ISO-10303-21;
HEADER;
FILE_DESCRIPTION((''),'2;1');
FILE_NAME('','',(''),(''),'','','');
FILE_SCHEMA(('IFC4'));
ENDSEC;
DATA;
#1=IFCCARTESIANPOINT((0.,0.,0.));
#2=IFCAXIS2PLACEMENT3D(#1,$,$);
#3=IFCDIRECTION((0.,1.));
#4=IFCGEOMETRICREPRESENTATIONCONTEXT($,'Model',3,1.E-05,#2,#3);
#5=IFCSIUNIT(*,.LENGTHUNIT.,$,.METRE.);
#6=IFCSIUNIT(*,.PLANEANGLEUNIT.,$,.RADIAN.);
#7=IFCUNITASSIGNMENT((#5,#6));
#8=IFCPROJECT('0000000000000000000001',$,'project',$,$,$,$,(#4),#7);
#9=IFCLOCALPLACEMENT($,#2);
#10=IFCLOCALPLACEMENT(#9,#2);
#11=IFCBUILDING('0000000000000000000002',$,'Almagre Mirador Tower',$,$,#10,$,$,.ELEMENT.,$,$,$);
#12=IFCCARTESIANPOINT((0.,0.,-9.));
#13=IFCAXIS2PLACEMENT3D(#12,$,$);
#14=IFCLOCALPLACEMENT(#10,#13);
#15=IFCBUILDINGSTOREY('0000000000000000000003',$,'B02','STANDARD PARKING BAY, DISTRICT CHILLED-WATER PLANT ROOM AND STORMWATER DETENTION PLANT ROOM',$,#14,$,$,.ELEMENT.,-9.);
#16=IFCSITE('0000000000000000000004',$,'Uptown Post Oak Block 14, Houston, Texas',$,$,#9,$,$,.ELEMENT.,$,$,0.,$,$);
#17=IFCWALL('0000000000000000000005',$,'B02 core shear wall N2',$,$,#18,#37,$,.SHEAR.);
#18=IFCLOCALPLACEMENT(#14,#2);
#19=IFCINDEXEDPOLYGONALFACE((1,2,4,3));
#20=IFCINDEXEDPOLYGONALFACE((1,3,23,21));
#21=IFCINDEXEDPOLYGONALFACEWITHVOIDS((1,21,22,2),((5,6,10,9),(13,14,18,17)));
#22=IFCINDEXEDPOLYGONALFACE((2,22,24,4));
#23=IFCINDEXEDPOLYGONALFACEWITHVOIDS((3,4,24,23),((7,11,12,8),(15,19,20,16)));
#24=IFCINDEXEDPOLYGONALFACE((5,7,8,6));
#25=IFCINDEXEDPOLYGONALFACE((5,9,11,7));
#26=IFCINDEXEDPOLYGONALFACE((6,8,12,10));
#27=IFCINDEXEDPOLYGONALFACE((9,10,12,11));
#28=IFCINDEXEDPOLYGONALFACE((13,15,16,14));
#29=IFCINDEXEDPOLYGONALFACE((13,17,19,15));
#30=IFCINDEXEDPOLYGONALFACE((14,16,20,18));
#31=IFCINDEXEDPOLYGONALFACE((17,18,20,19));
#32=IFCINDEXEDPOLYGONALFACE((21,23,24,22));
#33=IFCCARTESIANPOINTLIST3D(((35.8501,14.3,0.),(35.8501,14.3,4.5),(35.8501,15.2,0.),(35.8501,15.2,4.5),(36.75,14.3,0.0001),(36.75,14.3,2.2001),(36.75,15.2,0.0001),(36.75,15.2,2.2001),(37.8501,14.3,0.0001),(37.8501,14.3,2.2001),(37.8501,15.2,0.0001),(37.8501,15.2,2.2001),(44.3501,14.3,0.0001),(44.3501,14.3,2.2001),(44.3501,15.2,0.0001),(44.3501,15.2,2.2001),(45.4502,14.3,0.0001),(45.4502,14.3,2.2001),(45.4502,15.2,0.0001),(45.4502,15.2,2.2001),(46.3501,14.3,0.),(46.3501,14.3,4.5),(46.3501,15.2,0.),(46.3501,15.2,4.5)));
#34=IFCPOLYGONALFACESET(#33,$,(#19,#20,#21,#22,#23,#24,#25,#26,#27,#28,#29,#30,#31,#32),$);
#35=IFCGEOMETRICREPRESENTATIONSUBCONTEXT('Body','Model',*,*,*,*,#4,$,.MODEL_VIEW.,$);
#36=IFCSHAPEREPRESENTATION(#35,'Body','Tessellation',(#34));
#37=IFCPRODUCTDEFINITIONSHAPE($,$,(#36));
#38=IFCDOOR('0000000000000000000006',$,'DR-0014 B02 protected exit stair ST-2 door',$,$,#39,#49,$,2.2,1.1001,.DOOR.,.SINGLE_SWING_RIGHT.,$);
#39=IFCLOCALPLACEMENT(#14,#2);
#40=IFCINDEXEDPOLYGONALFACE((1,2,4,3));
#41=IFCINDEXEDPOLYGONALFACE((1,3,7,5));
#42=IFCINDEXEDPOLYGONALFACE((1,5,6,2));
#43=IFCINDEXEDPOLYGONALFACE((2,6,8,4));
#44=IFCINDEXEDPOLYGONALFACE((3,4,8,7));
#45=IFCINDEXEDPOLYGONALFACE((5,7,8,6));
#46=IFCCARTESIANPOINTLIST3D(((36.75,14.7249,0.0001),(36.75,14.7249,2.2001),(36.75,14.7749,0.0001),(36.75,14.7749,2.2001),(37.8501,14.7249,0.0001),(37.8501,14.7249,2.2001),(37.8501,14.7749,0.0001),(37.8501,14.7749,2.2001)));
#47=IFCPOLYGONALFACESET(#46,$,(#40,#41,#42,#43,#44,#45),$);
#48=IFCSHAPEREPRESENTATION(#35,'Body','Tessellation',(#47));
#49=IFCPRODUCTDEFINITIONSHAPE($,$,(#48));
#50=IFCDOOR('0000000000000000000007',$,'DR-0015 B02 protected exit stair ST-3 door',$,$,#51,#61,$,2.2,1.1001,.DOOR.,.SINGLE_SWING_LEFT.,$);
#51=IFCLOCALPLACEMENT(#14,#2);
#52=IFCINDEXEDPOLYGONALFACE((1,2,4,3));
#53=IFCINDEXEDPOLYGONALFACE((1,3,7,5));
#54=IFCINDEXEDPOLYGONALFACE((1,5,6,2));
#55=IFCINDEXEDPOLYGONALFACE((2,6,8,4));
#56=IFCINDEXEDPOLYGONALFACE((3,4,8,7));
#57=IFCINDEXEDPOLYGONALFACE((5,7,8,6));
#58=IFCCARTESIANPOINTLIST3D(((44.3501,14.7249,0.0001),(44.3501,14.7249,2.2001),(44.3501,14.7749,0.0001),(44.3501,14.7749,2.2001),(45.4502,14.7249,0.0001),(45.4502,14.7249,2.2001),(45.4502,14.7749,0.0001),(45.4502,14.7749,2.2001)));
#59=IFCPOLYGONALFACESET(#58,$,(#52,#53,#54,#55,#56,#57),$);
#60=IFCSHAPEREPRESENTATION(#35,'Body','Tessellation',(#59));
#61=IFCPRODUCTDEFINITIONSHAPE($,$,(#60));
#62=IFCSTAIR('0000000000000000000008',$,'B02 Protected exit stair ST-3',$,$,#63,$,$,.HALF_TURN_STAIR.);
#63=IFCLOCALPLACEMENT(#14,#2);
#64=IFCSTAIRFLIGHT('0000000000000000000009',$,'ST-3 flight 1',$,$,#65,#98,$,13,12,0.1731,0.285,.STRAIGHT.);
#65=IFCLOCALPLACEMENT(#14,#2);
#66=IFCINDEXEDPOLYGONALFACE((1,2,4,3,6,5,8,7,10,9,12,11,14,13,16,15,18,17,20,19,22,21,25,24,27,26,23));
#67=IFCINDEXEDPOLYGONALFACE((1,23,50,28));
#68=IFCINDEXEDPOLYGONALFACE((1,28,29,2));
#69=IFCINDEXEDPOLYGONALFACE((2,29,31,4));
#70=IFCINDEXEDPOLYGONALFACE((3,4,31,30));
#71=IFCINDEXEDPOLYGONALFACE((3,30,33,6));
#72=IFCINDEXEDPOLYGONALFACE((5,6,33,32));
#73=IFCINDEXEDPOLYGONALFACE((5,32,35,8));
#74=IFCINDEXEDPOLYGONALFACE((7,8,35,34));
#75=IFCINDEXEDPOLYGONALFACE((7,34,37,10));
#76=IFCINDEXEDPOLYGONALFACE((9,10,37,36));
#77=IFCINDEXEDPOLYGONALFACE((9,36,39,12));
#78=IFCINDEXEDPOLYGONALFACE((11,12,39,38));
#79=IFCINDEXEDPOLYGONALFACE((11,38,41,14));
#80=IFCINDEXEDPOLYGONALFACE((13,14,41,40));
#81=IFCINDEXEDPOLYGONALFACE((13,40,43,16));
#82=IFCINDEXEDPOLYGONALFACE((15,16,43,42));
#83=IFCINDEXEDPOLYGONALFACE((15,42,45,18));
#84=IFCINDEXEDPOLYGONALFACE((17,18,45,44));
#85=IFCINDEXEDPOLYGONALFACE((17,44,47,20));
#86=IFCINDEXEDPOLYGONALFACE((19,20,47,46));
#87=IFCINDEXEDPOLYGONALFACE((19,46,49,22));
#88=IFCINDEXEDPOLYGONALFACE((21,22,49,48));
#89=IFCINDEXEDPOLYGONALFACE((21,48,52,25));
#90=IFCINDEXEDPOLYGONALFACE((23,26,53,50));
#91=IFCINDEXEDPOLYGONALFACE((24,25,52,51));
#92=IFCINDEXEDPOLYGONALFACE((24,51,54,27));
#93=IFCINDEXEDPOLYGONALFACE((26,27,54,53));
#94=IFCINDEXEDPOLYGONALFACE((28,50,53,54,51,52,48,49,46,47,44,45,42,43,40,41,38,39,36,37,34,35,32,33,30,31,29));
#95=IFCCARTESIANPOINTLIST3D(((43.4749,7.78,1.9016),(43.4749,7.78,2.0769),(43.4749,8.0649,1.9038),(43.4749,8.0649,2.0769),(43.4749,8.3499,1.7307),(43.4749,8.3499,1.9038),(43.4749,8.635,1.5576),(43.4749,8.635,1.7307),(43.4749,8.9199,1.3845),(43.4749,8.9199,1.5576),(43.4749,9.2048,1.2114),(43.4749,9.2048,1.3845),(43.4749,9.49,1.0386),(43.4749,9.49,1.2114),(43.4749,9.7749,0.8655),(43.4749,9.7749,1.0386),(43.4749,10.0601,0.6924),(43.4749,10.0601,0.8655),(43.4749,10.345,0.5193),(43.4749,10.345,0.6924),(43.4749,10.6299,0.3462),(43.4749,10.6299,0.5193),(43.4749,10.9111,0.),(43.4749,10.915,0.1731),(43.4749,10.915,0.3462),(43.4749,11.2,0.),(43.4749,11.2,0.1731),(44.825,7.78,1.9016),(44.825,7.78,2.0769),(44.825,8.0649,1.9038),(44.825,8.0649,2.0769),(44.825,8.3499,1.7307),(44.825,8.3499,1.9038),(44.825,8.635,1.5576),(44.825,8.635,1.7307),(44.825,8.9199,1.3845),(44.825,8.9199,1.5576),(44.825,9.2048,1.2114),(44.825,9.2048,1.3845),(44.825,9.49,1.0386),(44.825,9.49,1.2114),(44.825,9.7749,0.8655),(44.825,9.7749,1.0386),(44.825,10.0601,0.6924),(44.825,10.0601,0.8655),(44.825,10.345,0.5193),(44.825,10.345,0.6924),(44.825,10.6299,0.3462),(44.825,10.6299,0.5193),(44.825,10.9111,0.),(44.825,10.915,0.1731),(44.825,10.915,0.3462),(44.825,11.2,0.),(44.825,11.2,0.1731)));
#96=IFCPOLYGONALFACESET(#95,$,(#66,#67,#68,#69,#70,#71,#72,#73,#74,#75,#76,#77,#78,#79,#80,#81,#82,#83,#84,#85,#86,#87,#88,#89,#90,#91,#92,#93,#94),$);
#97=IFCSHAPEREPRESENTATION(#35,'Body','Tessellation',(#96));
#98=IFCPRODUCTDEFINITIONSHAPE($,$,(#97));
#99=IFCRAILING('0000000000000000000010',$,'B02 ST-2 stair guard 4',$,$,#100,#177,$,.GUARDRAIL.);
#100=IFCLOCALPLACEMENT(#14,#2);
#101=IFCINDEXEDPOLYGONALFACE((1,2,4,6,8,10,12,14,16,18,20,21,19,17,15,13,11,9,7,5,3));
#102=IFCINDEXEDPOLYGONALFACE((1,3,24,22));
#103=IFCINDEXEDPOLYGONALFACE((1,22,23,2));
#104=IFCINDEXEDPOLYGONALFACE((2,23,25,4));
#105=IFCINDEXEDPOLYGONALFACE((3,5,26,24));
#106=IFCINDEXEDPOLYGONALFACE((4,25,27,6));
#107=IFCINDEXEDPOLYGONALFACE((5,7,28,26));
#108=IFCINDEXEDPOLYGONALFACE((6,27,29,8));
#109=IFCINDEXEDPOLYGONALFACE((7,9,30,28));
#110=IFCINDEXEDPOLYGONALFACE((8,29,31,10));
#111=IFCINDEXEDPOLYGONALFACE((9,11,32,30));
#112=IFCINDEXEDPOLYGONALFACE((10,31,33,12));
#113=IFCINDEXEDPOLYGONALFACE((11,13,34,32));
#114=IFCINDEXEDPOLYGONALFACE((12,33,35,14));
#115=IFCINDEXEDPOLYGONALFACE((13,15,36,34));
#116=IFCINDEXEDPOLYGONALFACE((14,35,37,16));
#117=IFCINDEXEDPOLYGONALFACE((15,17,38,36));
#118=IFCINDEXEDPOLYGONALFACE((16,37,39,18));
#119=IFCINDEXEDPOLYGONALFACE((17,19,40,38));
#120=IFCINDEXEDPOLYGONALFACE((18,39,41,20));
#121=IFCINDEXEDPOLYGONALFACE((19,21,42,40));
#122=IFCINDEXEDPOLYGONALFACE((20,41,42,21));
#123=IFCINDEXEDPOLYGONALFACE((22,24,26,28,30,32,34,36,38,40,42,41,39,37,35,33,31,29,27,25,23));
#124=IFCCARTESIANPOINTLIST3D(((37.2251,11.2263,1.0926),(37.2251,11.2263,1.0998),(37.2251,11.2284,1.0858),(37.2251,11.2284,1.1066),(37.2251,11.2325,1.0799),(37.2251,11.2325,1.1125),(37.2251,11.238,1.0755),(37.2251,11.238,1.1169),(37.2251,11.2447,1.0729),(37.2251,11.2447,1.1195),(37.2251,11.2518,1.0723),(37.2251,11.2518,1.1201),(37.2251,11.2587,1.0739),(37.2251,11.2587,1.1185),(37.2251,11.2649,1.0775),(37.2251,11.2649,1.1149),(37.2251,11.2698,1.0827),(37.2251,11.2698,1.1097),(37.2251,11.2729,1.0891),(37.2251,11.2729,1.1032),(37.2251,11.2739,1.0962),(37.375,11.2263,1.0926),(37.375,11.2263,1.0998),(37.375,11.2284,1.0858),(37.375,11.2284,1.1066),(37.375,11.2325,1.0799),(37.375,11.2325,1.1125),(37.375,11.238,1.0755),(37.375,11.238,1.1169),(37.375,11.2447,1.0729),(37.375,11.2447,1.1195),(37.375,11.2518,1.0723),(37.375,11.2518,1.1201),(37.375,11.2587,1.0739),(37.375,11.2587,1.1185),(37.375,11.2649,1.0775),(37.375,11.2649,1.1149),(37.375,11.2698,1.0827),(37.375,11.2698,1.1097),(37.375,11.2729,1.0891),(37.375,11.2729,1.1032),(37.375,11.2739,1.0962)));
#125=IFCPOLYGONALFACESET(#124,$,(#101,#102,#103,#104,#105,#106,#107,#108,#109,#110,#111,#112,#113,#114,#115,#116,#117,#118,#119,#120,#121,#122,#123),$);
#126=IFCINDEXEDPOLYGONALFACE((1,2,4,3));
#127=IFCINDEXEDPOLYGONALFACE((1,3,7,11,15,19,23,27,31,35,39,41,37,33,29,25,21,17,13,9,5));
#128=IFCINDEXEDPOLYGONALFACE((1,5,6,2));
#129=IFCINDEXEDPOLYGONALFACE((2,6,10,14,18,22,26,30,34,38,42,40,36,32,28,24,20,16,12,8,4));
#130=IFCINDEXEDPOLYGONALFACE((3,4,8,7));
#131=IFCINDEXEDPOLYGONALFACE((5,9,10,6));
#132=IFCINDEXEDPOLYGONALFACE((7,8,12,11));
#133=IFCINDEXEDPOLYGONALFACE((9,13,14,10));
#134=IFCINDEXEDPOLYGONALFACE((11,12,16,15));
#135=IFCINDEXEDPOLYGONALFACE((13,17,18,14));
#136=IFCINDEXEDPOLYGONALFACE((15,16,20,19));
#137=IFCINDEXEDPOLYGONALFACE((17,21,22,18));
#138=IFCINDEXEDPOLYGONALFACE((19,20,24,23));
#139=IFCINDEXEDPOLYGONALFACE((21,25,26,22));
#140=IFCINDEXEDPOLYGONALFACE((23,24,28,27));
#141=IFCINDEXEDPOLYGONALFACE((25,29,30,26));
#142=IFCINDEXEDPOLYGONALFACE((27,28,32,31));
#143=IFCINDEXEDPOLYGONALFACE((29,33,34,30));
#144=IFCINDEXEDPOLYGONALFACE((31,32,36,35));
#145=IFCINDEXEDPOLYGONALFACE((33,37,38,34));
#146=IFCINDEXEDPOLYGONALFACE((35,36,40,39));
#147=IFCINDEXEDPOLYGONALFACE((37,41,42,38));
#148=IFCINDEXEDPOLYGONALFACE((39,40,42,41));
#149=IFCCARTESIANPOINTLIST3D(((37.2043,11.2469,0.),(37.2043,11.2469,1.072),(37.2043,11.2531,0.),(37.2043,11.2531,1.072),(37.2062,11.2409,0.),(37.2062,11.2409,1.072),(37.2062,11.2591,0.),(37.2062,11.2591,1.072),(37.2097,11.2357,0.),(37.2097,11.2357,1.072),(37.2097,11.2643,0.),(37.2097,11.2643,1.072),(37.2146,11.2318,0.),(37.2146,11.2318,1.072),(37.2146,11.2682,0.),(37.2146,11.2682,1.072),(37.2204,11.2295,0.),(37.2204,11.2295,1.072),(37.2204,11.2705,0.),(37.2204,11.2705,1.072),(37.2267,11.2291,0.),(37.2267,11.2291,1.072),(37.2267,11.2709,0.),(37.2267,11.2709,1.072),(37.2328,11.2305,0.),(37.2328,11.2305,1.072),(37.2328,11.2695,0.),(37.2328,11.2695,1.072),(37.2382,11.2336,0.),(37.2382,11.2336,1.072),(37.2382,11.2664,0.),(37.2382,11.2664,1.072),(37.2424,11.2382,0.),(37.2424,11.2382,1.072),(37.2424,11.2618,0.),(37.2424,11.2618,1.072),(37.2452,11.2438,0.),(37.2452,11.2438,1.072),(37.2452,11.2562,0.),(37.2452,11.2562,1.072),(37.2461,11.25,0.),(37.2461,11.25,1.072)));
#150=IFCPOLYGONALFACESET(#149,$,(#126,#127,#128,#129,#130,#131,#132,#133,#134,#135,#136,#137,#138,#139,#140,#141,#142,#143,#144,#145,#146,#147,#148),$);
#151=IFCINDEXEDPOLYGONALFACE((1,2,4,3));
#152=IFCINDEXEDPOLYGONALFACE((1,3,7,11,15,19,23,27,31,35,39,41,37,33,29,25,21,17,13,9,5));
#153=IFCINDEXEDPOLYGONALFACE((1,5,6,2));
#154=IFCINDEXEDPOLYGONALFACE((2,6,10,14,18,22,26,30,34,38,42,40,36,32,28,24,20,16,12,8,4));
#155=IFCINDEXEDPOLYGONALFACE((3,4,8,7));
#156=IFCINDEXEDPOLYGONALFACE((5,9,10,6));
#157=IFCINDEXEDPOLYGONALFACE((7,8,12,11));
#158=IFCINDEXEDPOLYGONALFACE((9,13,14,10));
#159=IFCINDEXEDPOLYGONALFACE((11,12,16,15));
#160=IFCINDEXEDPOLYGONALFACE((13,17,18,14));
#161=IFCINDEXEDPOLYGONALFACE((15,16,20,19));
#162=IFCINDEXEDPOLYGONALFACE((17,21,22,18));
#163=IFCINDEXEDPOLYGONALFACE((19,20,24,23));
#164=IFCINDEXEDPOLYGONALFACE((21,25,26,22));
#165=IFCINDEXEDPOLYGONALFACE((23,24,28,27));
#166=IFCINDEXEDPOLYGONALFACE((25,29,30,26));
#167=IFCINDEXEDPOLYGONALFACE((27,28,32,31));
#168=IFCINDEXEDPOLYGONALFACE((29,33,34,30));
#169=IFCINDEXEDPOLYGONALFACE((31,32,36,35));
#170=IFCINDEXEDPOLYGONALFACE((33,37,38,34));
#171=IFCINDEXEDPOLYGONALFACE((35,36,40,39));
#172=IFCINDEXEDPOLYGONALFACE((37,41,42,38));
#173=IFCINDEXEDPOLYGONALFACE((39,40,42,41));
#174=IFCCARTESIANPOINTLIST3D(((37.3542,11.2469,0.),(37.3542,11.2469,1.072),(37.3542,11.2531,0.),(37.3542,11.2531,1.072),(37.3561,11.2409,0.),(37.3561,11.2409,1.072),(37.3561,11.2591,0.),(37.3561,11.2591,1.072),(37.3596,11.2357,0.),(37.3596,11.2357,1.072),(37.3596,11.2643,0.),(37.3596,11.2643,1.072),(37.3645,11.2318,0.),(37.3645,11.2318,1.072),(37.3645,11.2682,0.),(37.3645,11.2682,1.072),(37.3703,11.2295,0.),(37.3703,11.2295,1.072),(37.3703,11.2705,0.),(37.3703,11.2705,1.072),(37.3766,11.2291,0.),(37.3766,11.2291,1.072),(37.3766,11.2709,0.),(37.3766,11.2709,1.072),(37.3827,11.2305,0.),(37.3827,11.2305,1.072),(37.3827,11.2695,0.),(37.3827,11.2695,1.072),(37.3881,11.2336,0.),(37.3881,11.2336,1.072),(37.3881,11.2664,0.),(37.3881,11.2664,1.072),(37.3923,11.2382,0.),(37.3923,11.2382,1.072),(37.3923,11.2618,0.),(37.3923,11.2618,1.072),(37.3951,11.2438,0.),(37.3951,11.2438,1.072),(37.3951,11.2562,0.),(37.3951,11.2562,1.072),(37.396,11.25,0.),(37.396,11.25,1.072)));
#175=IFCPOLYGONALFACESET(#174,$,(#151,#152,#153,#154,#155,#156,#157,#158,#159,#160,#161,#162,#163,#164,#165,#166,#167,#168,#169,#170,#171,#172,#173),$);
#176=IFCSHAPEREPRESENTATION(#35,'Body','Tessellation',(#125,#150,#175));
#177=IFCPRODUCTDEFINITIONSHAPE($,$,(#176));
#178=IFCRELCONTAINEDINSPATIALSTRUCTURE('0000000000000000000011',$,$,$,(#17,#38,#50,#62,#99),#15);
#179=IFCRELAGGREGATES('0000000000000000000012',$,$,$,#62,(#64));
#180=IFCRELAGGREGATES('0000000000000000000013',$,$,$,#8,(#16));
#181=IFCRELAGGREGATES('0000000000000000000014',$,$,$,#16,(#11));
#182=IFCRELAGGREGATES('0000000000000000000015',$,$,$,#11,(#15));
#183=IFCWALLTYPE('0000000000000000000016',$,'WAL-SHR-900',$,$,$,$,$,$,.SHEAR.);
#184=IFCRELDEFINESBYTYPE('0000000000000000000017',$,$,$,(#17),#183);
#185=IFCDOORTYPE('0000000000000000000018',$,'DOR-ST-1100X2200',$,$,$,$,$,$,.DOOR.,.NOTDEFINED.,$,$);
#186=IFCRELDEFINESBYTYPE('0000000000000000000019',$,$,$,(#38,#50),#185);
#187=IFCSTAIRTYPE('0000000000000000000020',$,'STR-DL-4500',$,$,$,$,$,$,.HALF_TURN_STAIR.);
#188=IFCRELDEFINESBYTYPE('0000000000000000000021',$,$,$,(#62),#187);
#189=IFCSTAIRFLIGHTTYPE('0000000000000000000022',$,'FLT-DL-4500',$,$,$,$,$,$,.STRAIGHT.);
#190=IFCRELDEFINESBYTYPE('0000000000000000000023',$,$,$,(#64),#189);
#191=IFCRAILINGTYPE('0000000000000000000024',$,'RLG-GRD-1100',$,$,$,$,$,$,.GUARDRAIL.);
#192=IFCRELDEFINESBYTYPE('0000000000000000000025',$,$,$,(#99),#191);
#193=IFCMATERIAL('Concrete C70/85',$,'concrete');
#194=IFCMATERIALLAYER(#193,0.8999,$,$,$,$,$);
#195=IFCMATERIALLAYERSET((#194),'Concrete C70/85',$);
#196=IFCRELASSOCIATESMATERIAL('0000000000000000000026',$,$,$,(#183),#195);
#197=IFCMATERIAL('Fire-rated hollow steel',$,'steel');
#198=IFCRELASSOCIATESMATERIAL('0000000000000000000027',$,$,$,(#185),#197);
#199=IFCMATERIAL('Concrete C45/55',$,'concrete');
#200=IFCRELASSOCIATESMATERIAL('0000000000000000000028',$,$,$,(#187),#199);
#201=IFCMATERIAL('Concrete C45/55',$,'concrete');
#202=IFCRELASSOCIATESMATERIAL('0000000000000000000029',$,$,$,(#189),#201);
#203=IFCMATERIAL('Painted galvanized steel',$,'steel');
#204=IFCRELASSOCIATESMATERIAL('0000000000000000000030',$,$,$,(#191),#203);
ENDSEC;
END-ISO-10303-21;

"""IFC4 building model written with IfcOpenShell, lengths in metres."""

from ifc_helpers import new_model, si_unit, direction, frame, frame_2d, origin, origin_2d, place, context, subcontext, project, spatial, polyline, rectangle, circle, outline, extrude, material, layer, layer_set, type_object, element, fill, aggregate, save


model = new_model("IFC4")

# Units and contexts
model_context = context("Model", 3, precision=1e-05, world=origin(), true_north=direction((0.0, 1.0)))
body_context = subcontext(model_context, "Body", "Model", "MODEL_VIEW")
ifc_project = project(units=[si_unit("LENGTHUNIT", "METRE"), si_unit("PLANEANGLEUNIT", "RADIAN")], contexts=[model_context])

# Site, building, storey
site_placement = place(None, origin())
site = spatial("IfcSite", under=ifc_project, at=site_placement, Name="Uptown Post Oak Block 14, Houston, Texas", CompositionType="ELEMENT", RefElevation=0.0)
building_placement = place(site_placement, origin())
building = spatial("IfcBuilding", under=site, at=building_placement, Name="Almagre Mirador Tower", CompositionType="ELEMENT")
storey_placement = place(building_placement, frame((0.0, 0.0, -9.0)))
storey = spatial("IfcBuildingStorey", under=building, at=storey_placement, Name="B02", Description="STANDARD PARKING BAY, DISTRICT CHILLED-WATER PLANT ROOM AND STORMWATER DETENTION PLANT ROOM", CompositionType="ELEMENT", Elevation=-9.0)

# Wall, openings, doors
ifc_material_1 = material(Name="Concrete C70/85", Category="concrete")
ifc_layer_1 = layer(ifc_material_1, 0.8999)
ifc_layer_set_1 = layer_set([ifc_layer_1], Name="Concrete C70/85")
wall_type_1 = type_object("IfcWallType", Name="WAL-SHR-900", PredefinedType="SHEAR", material=ifc_layer_set_1)
wall_1_placement = place(storey_placement, frame((35.8501, 14.75, 0.0), z_axis=(0.0, 0.0, 1.0), x_axis=(1.0, 0.0, 0.0)))
wall_1 = element("IfcWall", 1, at=wall_1_placement, inside=storey, type_object=wall_type_1, Name="B02 core shear wall N2", PredefinedType="SHEAR", context=body_context, shape_type="SweptSolid", body=[
    extrude(rectangle(XDim=10.5, YDim=0.8999, at=frame_2d((5.25, 0.0))), origin(), (0.0, 0.0, 1.0), 4.5),
])
opening_1_placement = place(wall_1_placement, frame((0.8999, 0.0, 0.0)))
opening_1 = element("IfcOpeningElement", 2, at=opening_1_placement, cuts=wall_1, PredefinedType="OPENING", context=body_context, shape_type="SweptSolid", body=[
    extrude(rectangle(XDim=1.1001, YDim=2.2, at=frame_2d((0.55, 1.1001))), frame((0.0, 0.46, 0.0), z_axis=(0.0, -1.0, 0.0), x_axis=(1.0, 0.0, 0.0)), (0.0, 0.0, 1.0), 0.9199),
])
opening_2_placement = place(wall_1_placement, frame((8.5, 0.0, 0.0)))
opening_2 = element("IfcOpeningElement", 3, at=opening_2_placement, cuts=wall_1, PredefinedType="OPENING", context=body_context, shape_type="SweptSolid", body=[
    extrude(rectangle(XDim=1.1001, YDim=2.2, at=frame_2d((0.55, 1.1001))), frame((0.0, 0.46, 0.0), z_axis=(0.0, -1.0, 0.0), x_axis=(1.0, 0.0, 0.0)), (0.0, 0.0, 1.0), 0.9199),
])
ifc_material_2 = material(Name="Fire-rated hollow steel", Category="steel")
door_type_1 = type_object("IfcDoorType", Name="DOR-ST-1100X2200", OperationType="NOTDEFINED", PredefinedType="DOOR", material=ifc_material_2)
door_1_placement = place(opening_1_placement, origin())
door_1 = element("IfcDoor", 4, at=door_1_placement, inside=storey, type_object=door_type_1, Name="DR-0014 B02 protected exit stair ST-2 door", OperationType="SINGLE_SWING_RIGHT", OverallHeight=2.2, OverallWidth=1.1001, PredefinedType="DOOR", context=body_context, shape_type="SweptSolid", body=[
    extrude(rectangle(XDim=1.1001, YDim=2.2, at=frame_2d((0.55, 1.1001))), frame((0.0, 0.0249, 0.0), z_axis=(0.0, -1.0, 0.0), x_axis=(1.0, 0.0, 0.0)), (0.0, 0.0, 1.0), 0.05),
])
fill(opening_1, door_1)
door_2_placement = place(opening_2_placement, origin())
door_2 = element("IfcDoor", 5, at=door_2_placement, inside=storey, type_object=door_type_1, Name="DR-0015 B02 protected exit stair ST-3 door", OperationType="SINGLE_SWING_LEFT", OverallHeight=2.2, OverallWidth=1.1001, PredefinedType="DOOR", context=body_context, shape_type="SweptSolid", body=[
    extrude(rectangle(XDim=1.1001, YDim=2.2, at=frame_2d((0.55, 1.1001))), frame((0.0, 0.0249, 0.0), z_axis=(0.0, -1.0, 0.0), x_axis=(1.0, 0.0, 0.0)), (0.0, 0.0, 1.0), 0.05),
])
fill(opening_2, door_2)

# Stair, stair flight
ifc_material_3 = material(Name="Concrete C45/55", Category="concrete")
stair_type = type_object("IfcStairType", Name="STR-DL-4500", PredefinedType="HALF_TURN_STAIR", material=ifc_material_3)
stair_placement = place(storey_placement, origin())
stair = element("IfcStair", 6, at=stair_placement, inside=storey, type_object=stair_type, Name="B02 Protected exit stair ST-3", PredefinedType="HALF_TURN_STAIR")
ifc_material_4 = material(Name="Concrete C45/55", Category="concrete")
stair_flight_type = type_object("IfcStairFlightType", Name="FLT-DL-4500", PredefinedType="STRAIGHT", material=ifc_material_4)
stair_flight_placement = place(storey_placement, frame((44.1499, 11.2, 0.0), z_axis=(0.0, 0.0, 1.0), x_axis=(0.0, -1.0, 0.0)))
stair_flight = element("IfcStairFlight", 7, at=stair_flight_placement, type_object=stair_flight_type, Name="ST-3 flight 1", NumberOfRisers=13, NumberOfTreads=12, PredefinedType="STRAIGHT", RiserHeight=0.1731, TreadLength=0.285, context=body_context, shape_type="SweptSolid", body=[
    extrude(outline(polyline([(0.0, 0.0), (0.0, 0.1731), (0.2849, 0.1731), (0.2849, 0.3462), (0.5701, 0.3462), (0.5701, 0.5193), (0.855, 0.5193), (0.855, 0.6924), (1.1399, 0.6924), (1.1399, 0.8655), (1.425, 0.8655), (1.425, 1.0386), (1.71, 1.0386), (1.71, 1.2114), (1.9951, 1.2114), (1.9951, 1.3845), (2.28, 1.3845), (2.28, 1.5576), (2.5649, 1.5576), (2.5649, 1.7307), (2.8501, 1.7307), (2.8501, 1.9038), (3.135, 1.9038), (3.135, 2.0769), (3.4199, 2.0769), (3.4199, 2.25), (3.4199, 1.9016), (0.2888, 0.0), (0.0, 0.0)])), frame((0.0, 0.675, 0.0), z_axis=(0.0, -1.0, 0.0), x_axis=(1.0, 0.0, 0.0)), (0.0, 0.0, 1.0), 1.3501),
])
aggregate(stair, [stair_flight])

# Railing
ifc_material_5 = material(Name="Painted galvanized steel", Category="steel")
railing_type = type_object("IfcRailingType", Name="RLG-GRD-1100", PredefinedType="GUARDRAIL", material=ifc_material_5)
railing_1_placement = place(storey_placement, frame((37.2251, 11.25, 0.0)))
element("IfcRailing", 8, at=railing_1_placement, inside=storey, type_object=railing_type, Name="B02 ST-2 stair guard 4", PredefinedType="GUARDRAIL", context=body_context, shape_type="SweptSolid", body=[
    extrude(circle(Radius=0.0239, at=origin_2d()), frame((0.0, 0.0, 1.0962), z_axis=(1.0, 0.0, 0.0), x_axis=(0.0, 1.0, 0.0)), (0.0, 0.0, 1.0), 0.1499),
    extrude(circle(Radius=0.021, at=origin_2d()), origin(), (0.0, 0.0, 1.0), 1.072),
    extrude(circle(Radius=0.021, at=origin_2d()), frame((0.1499, 0.0, 0.0)), (0.0, 0.0, 1.0), 1.072),
])

save(model, "model.ifc")
